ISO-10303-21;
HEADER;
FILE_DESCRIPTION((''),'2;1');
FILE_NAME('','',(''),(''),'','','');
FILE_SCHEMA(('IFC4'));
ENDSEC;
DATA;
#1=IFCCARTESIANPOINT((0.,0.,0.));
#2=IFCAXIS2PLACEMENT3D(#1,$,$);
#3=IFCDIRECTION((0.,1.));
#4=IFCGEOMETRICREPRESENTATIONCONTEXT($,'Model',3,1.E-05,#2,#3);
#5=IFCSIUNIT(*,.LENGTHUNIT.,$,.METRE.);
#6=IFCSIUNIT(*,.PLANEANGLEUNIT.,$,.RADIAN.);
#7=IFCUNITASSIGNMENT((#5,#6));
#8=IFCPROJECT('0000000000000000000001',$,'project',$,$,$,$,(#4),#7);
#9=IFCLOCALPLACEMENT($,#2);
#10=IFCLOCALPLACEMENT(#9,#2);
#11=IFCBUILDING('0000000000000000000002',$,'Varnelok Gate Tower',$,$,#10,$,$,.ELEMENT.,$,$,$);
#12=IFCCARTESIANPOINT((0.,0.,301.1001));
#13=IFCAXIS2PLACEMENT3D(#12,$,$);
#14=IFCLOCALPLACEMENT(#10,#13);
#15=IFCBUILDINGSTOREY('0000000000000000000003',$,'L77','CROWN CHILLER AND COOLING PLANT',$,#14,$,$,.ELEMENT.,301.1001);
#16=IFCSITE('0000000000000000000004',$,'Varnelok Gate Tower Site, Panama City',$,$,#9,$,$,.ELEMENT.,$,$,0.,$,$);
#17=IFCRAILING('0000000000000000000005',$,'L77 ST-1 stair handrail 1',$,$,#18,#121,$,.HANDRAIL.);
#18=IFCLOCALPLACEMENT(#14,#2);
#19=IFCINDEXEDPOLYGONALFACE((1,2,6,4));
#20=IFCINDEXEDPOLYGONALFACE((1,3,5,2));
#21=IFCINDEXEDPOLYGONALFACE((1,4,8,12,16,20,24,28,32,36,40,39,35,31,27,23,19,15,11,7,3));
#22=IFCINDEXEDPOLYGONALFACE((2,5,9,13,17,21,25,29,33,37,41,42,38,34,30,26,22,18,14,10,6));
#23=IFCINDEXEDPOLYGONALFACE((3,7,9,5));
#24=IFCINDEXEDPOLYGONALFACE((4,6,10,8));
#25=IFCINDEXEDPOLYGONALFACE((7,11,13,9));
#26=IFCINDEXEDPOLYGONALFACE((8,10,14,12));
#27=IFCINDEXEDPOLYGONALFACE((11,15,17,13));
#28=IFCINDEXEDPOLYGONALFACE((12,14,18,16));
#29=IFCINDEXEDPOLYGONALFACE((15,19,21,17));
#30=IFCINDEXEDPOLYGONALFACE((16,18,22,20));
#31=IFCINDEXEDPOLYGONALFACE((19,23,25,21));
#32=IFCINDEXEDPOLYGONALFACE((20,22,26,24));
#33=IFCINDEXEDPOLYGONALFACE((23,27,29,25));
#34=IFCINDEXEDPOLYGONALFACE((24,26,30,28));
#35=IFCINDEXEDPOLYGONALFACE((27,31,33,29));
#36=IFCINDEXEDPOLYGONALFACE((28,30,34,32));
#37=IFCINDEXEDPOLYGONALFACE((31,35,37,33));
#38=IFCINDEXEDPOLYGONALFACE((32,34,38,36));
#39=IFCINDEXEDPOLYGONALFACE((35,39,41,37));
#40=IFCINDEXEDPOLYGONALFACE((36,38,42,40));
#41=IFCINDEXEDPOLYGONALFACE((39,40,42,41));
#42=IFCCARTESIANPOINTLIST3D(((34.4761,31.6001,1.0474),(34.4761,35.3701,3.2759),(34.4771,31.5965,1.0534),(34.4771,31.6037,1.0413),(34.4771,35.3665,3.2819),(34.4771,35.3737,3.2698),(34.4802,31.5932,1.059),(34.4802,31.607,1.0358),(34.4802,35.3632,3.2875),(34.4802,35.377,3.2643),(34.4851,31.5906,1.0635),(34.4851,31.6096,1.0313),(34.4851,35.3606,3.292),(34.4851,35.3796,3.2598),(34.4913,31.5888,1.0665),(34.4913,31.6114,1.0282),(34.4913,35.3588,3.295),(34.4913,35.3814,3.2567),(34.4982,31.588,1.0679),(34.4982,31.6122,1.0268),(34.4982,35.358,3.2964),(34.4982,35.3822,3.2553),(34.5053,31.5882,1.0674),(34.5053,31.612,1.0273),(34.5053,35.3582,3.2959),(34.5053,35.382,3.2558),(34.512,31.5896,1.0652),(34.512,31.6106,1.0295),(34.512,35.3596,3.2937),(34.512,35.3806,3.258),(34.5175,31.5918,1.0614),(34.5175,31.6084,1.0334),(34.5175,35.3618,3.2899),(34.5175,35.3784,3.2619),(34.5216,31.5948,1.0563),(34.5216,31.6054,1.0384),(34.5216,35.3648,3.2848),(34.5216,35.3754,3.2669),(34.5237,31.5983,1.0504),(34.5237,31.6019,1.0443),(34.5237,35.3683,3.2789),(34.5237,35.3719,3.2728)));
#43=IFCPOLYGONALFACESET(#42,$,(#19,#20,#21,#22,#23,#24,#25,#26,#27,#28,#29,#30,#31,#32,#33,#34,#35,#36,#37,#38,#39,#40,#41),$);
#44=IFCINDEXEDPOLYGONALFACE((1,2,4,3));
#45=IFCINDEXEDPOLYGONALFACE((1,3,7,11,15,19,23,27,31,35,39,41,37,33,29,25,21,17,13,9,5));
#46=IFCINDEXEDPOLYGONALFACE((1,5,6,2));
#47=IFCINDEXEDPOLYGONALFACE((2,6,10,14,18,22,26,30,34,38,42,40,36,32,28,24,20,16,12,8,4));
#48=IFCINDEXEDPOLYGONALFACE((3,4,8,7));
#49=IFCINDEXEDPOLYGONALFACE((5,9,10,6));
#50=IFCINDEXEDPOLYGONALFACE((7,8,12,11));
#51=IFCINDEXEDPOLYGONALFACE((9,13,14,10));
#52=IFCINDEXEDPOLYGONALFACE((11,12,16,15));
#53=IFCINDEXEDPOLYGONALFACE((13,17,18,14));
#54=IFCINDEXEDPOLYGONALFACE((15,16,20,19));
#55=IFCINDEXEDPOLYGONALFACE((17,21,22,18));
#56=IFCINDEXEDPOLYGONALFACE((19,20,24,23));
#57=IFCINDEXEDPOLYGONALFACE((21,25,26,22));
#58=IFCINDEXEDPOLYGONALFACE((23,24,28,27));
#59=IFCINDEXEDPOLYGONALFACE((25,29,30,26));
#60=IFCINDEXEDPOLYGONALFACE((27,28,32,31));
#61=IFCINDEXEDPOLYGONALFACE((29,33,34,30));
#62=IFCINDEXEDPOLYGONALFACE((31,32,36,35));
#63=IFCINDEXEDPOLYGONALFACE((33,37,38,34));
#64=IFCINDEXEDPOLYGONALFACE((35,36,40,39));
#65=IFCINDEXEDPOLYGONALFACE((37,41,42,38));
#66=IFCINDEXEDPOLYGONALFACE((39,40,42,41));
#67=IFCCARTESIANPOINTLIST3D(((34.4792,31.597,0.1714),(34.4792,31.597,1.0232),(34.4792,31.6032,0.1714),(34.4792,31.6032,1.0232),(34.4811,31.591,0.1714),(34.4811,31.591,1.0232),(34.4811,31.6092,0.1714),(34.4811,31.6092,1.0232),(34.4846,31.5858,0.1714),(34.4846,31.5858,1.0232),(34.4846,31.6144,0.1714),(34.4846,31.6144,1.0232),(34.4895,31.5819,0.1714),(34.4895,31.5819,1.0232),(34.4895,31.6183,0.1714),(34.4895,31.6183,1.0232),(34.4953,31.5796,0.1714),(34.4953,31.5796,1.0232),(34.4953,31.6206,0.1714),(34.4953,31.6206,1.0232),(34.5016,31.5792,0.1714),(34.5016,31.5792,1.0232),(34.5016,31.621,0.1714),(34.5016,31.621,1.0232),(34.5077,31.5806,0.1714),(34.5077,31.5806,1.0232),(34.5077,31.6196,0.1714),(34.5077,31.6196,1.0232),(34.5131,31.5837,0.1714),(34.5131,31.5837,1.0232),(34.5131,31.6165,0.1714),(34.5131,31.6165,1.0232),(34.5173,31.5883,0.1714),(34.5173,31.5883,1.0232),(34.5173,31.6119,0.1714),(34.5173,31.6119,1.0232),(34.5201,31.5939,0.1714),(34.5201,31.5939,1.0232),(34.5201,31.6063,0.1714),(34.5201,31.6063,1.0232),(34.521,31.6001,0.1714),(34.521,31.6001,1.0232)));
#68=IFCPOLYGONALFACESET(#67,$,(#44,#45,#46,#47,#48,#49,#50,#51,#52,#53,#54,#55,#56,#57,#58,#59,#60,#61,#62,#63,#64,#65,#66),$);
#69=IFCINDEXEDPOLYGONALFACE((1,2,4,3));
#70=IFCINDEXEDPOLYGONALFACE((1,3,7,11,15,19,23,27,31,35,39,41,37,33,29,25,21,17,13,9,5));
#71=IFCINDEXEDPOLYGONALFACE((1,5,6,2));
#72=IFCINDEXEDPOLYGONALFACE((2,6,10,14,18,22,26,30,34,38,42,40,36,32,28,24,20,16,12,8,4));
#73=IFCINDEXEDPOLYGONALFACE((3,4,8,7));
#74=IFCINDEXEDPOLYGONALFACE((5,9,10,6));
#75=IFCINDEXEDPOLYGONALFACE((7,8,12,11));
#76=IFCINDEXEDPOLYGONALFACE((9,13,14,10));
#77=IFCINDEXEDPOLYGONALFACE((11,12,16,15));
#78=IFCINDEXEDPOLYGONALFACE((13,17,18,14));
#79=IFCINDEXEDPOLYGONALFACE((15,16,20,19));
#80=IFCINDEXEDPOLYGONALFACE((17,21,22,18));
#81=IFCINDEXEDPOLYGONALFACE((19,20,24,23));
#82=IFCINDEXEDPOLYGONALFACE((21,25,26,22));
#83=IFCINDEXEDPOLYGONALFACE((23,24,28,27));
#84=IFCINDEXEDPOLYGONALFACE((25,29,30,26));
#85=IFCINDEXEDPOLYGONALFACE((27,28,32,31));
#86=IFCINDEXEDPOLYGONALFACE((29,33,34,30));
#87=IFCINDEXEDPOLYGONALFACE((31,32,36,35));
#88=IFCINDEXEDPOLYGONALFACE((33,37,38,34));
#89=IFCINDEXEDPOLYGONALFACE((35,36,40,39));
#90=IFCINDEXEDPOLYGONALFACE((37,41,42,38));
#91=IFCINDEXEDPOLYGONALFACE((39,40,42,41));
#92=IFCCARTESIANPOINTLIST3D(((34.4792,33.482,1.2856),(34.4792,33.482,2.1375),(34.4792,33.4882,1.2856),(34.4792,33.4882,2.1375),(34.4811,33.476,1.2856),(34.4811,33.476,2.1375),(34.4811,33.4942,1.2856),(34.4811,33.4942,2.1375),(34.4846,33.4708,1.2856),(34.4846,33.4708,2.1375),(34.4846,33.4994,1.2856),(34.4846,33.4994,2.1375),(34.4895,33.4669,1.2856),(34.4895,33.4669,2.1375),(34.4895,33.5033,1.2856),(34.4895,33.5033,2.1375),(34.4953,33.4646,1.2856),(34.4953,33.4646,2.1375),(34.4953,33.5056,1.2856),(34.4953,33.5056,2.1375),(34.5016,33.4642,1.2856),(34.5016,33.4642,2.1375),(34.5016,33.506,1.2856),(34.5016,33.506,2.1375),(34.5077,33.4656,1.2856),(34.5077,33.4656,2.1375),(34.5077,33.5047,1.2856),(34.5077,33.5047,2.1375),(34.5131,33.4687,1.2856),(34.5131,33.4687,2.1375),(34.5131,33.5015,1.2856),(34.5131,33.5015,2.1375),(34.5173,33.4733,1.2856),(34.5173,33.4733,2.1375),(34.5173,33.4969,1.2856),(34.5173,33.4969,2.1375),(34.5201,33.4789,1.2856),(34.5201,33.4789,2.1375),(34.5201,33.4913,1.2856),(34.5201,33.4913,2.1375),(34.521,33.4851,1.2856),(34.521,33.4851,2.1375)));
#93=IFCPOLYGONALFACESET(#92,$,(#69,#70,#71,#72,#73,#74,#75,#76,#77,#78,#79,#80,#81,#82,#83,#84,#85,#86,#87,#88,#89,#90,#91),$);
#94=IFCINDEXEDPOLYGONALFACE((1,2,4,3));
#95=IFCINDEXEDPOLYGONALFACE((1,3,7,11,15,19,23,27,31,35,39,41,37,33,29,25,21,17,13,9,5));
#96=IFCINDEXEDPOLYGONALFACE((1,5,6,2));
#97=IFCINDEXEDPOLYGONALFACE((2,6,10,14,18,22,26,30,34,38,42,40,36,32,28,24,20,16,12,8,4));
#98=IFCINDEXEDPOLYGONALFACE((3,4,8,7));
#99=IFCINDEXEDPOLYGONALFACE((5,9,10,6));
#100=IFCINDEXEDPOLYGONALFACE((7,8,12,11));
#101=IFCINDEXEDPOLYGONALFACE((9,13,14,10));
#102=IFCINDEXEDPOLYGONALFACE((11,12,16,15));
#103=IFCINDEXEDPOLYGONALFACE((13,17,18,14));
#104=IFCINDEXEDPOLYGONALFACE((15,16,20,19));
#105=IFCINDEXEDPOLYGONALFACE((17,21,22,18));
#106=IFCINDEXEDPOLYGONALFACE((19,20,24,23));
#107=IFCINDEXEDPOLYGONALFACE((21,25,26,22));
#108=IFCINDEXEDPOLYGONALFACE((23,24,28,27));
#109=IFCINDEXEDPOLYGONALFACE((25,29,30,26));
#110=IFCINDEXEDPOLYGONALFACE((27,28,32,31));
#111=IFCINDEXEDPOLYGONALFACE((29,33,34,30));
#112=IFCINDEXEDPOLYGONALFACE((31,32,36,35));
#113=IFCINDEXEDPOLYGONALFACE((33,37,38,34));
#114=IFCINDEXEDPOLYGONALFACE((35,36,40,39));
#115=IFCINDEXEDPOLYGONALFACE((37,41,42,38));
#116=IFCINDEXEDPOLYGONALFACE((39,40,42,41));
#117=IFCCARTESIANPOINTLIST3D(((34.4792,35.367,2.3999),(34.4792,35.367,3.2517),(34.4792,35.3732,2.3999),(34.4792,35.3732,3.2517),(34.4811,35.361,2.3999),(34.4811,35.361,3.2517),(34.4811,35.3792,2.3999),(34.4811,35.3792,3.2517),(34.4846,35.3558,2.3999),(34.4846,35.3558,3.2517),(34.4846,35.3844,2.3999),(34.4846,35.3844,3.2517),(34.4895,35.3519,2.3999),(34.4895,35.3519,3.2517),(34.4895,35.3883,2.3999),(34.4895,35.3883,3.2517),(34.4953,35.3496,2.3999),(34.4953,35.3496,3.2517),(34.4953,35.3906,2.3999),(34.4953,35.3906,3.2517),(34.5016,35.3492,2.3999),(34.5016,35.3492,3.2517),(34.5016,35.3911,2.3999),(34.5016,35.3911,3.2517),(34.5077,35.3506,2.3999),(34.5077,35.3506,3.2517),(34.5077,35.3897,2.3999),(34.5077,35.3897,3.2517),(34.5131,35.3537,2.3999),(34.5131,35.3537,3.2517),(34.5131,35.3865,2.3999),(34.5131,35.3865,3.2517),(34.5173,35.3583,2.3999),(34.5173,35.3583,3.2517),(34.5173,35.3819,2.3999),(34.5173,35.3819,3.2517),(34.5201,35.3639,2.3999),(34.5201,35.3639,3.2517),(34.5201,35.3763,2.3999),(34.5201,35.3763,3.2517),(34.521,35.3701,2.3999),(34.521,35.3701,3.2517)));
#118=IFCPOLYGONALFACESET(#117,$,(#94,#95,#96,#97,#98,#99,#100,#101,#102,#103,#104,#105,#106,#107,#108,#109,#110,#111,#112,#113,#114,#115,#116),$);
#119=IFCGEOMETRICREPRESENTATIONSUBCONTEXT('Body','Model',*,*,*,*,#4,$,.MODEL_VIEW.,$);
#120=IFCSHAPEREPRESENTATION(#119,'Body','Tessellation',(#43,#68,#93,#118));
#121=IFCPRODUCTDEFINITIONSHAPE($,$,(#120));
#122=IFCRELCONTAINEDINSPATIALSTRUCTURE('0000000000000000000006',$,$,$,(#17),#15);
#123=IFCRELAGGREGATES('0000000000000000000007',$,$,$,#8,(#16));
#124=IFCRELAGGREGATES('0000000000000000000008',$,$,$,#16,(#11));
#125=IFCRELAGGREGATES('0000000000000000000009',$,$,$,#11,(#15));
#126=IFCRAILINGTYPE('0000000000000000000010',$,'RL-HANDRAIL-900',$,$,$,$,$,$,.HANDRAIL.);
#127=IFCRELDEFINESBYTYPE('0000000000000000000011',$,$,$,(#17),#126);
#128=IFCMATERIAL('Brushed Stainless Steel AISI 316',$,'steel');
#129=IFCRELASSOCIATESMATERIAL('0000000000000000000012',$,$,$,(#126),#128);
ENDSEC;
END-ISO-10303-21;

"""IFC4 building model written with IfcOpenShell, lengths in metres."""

from ifc_helpers import new_model, si_unit, direction, frame, origin, origin_2d, place, context, subcontext, project, spatial, circle, extrude, material, type_object, element, save


model = new_model("IFC4")

# Units and contexts
model_context = context("Model", 3, precision=1e-05, world=origin(), true_north=direction((0.0, 1.0)))
body_context = subcontext(model_context, "Body", "Model", "MODEL_VIEW")
ifc_project = project(units=[si_unit("LENGTHUNIT", "METRE"), si_unit("PLANEANGLEUNIT", "RADIAN")], contexts=[model_context])

# Site, building, storey
site_placement = place(None, origin())
site = spatial("IfcSite", under=ifc_project, at=site_placement, Name="Varnelok Gate Tower Site, Panama City", CompositionType="ELEMENT", RefElevation=0.0)
building_placement = place(site_placement, origin())
building = spatial("IfcBuilding", under=site, at=building_placement, Name="Varnelok Gate Tower", CompositionType="ELEMENT")
storey_placement = place(building_placement, frame((0.0, 0.0, 301.1001)))
storey = spatial("IfcBuildingStorey", under=building, at=storey_placement, Name="L77", Description="CROWN CHILLER AND COOLING PLANT", CompositionType="ELEMENT", Elevation=301.1001)

# Railing
ifc_material_1 = material(Name="Brushed Stainless Steel AISI 316", Category="steel")
railing_type_1 = type_object("IfcRailingType", Name="RL-HANDRAIL-900", PredefinedType="HANDRAIL", material=ifc_material_1)
railing_1_placement = place(storey_placement, frame((34.5, 31.6001, 0.1714)))
element("IfcRailing", 1, at=railing_1_placement, inside=storey, type_object=railing_type_1, Name="L77 ST-1 stair handrail 1", PredefinedType="HANDRAIL", context=body_context, shape_type="SweptSolid", body=[
    extrude(circle(Radius=0.0239, at=origin_2d()), frame((0.0, 0.0, 0.876), z_axis=(0.0, 0.860849, 0.508861), x_axis=(-1.0, 0.0, 0.0)), (0.0, 0.0, 1.0), 4.3794),
    extrude(circle(Radius=0.021, at=origin_2d()), origin(), (0.0, 0.0, 1.0), 0.8518),
    extrude(circle(Radius=0.021, at=origin_2d()), frame((0.0, 1.885, 1.1143)), (0.0, 0.0, 1.0), 0.8518),
    extrude(circle(Radius=0.021, at=origin_2d()), frame((0.0, 3.77, 2.2285)), (0.0, 0.0, 1.0), 0.8518),
])

save(model, "model.ifc")
